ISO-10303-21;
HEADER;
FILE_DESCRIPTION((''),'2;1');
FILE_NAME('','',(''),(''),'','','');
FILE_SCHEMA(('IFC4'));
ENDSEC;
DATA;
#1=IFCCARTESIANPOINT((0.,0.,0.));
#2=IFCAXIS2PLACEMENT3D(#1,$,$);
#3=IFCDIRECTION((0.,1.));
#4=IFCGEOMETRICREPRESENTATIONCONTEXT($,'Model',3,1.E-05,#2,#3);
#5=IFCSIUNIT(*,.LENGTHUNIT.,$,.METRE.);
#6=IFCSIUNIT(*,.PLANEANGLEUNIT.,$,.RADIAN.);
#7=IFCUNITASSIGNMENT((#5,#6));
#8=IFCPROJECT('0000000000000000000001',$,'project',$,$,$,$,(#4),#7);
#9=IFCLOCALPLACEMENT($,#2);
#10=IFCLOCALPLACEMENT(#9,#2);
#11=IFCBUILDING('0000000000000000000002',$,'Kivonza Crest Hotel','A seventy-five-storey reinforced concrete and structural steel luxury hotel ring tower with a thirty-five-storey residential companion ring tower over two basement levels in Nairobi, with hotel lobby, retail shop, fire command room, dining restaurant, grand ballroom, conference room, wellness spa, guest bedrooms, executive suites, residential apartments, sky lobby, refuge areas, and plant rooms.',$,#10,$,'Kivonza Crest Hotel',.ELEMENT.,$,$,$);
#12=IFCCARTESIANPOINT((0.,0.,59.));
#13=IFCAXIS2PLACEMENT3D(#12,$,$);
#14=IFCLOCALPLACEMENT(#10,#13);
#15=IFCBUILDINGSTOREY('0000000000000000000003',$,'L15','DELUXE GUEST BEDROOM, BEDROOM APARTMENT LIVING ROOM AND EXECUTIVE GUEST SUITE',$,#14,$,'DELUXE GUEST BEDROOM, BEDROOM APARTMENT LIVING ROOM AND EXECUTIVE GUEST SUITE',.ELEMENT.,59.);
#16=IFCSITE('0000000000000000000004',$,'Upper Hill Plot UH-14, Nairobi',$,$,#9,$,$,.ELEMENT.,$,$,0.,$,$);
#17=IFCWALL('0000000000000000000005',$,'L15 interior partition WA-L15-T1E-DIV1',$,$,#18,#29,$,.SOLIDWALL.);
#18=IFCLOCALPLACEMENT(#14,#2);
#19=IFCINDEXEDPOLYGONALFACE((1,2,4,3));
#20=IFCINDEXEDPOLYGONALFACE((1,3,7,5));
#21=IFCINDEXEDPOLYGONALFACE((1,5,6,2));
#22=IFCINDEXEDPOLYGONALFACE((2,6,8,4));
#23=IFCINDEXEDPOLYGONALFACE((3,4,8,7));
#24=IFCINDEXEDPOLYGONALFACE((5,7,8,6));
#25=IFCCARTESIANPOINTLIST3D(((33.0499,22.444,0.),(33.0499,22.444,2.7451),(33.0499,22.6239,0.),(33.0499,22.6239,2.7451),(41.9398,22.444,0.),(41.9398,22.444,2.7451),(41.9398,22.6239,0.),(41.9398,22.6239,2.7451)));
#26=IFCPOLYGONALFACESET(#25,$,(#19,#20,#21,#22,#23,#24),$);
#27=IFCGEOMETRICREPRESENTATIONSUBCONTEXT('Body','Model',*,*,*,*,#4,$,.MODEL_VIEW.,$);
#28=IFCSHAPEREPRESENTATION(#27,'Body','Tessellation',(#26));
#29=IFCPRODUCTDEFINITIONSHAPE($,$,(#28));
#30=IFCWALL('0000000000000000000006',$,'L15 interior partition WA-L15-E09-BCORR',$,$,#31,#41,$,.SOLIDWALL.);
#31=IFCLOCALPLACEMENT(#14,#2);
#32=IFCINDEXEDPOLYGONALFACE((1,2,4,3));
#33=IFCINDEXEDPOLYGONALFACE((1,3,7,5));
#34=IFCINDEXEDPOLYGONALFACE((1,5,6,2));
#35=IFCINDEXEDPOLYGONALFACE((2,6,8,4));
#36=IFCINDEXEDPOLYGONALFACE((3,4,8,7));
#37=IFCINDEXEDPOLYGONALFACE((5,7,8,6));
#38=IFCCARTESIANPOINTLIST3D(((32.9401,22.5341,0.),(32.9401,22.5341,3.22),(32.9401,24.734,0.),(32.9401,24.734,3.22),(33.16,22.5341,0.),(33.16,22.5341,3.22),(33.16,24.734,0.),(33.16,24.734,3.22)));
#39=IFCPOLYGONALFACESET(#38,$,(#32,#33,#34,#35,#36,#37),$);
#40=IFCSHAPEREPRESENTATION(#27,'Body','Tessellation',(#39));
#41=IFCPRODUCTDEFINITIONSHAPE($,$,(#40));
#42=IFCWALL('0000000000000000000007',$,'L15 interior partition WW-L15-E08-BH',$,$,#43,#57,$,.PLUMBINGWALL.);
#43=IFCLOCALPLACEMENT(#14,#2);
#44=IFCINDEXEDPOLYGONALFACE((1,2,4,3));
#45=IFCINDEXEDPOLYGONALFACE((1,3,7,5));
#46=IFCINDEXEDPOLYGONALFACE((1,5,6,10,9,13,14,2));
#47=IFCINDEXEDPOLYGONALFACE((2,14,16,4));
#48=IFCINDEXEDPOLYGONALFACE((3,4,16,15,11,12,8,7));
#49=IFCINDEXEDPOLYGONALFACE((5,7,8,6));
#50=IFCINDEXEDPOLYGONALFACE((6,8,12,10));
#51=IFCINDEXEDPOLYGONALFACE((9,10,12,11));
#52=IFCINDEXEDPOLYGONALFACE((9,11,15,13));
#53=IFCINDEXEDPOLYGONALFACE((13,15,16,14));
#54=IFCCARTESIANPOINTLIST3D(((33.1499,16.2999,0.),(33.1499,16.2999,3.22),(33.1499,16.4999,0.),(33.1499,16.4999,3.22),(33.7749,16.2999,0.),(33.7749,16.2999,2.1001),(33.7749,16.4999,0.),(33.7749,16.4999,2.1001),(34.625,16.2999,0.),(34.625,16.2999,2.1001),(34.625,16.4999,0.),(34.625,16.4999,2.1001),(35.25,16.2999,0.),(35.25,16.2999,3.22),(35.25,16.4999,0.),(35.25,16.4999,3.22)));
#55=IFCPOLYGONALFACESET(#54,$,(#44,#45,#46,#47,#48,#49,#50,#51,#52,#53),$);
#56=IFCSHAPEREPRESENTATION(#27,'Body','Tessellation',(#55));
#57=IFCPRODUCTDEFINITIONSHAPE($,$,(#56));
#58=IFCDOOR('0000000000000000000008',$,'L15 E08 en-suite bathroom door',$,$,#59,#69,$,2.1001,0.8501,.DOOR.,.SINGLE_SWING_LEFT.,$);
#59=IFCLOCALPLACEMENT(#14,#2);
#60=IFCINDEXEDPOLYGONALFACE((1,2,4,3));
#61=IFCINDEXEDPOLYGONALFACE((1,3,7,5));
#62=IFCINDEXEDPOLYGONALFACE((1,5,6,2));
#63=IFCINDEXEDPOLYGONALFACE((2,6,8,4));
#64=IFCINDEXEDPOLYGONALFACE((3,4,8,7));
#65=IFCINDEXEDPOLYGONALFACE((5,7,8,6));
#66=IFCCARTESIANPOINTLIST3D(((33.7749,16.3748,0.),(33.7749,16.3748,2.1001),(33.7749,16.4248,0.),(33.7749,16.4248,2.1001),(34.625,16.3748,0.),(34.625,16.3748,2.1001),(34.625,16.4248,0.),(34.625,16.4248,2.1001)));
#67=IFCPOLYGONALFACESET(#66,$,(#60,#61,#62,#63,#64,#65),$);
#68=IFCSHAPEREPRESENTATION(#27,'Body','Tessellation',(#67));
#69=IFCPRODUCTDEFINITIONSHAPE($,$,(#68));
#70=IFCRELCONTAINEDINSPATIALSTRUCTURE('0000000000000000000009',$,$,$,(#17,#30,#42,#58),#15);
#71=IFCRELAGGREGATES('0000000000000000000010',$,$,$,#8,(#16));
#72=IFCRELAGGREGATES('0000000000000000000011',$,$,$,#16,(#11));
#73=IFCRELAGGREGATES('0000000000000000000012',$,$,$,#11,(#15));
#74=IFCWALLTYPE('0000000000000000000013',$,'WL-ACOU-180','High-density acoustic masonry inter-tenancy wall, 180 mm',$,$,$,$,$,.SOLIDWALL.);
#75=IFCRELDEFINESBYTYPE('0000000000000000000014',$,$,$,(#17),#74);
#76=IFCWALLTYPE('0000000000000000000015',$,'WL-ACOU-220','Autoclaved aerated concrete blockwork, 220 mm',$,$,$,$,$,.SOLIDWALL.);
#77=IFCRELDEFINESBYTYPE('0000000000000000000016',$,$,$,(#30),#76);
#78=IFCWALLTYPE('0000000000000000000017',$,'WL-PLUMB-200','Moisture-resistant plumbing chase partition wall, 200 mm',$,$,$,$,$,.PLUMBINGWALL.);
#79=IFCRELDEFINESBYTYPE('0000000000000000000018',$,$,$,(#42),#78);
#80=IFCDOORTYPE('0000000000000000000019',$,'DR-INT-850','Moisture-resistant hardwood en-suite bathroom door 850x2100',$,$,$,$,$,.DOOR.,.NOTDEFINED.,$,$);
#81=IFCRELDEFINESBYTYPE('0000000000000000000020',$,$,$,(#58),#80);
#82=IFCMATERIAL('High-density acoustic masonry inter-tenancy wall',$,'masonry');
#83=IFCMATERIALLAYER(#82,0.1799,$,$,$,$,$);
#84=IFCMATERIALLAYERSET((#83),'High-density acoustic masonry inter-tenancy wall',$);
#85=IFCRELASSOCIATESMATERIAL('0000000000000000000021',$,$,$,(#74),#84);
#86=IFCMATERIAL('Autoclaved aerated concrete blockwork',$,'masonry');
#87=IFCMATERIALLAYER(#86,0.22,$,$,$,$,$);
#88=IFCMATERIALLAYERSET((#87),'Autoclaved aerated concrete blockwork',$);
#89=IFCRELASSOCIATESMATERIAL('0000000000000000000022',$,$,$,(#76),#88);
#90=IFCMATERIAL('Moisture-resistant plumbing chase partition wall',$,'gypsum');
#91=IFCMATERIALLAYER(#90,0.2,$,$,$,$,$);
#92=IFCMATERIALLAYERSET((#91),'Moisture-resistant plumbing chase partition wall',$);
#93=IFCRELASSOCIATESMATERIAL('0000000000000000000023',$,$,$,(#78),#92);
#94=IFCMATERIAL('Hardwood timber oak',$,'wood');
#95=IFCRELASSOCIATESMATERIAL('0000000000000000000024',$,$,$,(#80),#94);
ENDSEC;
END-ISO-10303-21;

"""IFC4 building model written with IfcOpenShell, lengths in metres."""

from ifc_helpers import new_model, si_unit, direction, frame, frame_2d, origin, place, context, subcontext, project, spatial, rectangle, extrude, material, layer, layer_set, type_object, element, fill, save


model = new_model("IFC4")

# Units and contexts
model_context = context("Model", 3, precision=1e-05, world=origin(), true_north=direction((0.0, 1.0)))
body_context = subcontext(model_context, "Body", "Model", "MODEL_VIEW")
ifc_project = project(units=[si_unit("LENGTHUNIT", "METRE"), si_unit("PLANEANGLEUNIT", "RADIAN")], contexts=[model_context])

# Site, building, storey
site_placement = place(None, origin())
site = spatial("IfcSite", under=ifc_project, at=site_placement, Name="Upper Hill Plot UH-14, Nairobi", CompositionType="ELEMENT", RefElevation=0.0)
building_placement = place(site_placement, origin())
building = spatial("IfcBuilding", under=site, at=building_placement, Name="Kivonza Crest Hotel", Description="A seventy-five-storey reinforced concrete and structural steel luxury hotel ring tower with a thirty-five-storey residential companion ring tower over two basement levels in Nairobi, with hotel lobby, retail shop, fire command room, dining restaurant, grand ballroom, conference room, wellness spa, guest bedrooms, executive suites, residential apartments, sky lobby, refuge areas, and plant rooms.", LongName="Kivonza Crest Hotel", CompositionType="ELEMENT")
storey_placement = place(building_placement, frame((0.0, 0.0, 59.0)))
storey = spatial("IfcBuildingStorey", under=building, at=storey_placement, Name="L15", Description="DELUXE GUEST BEDROOM, BEDROOM APARTMENT LIVING ROOM AND EXECUTIVE GUEST SUITE", LongName="DELUXE GUEST BEDROOM, BEDROOM APARTMENT LIVING ROOM AND EXECUTIVE GUEST SUITE", CompositionType="ELEMENT", Elevation=59.0)

# Walls
ifc_material_1 = material(Name="High-density acoustic masonry inter-tenancy wall", Category="masonry")
ifc_layer_1 = layer(ifc_material_1, 0.1799)
ifc_layer_set_1 = layer_set([ifc_layer_1], Name="High-density acoustic masonry inter-tenancy wall")
wall_type_1 = type_object("IfcWallType", Name="WL-ACOU-180", Description="High-density acoustic masonry inter-tenancy wall, 180 mm", PredefinedType="SOLIDWALL", material=ifc_layer_set_1)
wall_1_placement = place(storey_placement, frame((33.05, 22.5339, 0.0), z_axis=(0.0, 0.0, 1.0), x_axis=(1.0, 0.0, 0.0)))
element("IfcWall", 1, at=wall_1_placement, inside=storey, type_object=wall_type_1, Name="L15 interior partition WA-L15-T1E-DIV1", PredefinedType="SOLIDWALL", context=body_context, shape_type="SweptSolid", body=[
    extrude(rectangle(XDim=8.8899, YDim=0.1799, at=frame_2d((4.4448, 0.0))), origin(), (0.0, 0.0, 1.0), 2.7451),
])
ifc_material_2 = material(Name="Autoclaved aerated concrete blockwork", Category="masonry")
ifc_layer_2 = layer(ifc_material_2, 0.22)
ifc_layer_set_2 = layer_set([ifc_layer_2], Name="Autoclaved aerated concrete blockwork")
wall_type_2 = type_object("IfcWallType", Name="WL-ACOU-220", Description="Autoclaved aerated concrete blockwork, 220 mm", PredefinedType="SOLIDWALL", material=ifc_layer_set_2)
wall_2_placement = place(storey_placement, frame((33.05, 22.5339, 0.0), z_axis=(0.0, 0.0, 1.0), x_axis=(0.0, 1.0, 0.0)))
element("IfcWall", 2, at=wall_2_placement, inside=storey, type_object=wall_type_2, Name="L15 interior partition WA-L15-E09-BCORR", PredefinedType="SOLIDWALL", context=body_context, shape_type="SweptSolid", body=[
    extrude(rectangle(XDim=2.2, YDim=0.22, at=frame_2d((1.1001, 0.0))), origin(), (0.0, 0.0, 1.0), 3.22),
])

# Wall, opening, door
ifc_material_3 = material(Name="Moisture-resistant plumbing chase partition wall", Category="gypsum")
ifc_layer_3 = layer(ifc_material_3, 0.2)
ifc_layer_set_3 = layer_set([ifc_layer_3], Name="Moisture-resistant plumbing chase partition wall")
wall_type_3 = type_object("IfcWallType", Name="WL-PLUMB-200", Description="Moisture-resistant plumbing chase partition wall, 200 mm", PredefinedType="PLUMBINGWALL", material=ifc_layer_set_3)
wall_3_placement = place(storey_placement, frame((33.1499, 16.3999, 0.0), z_axis=(0.0, 0.0, 1.0), x_axis=(1.0, 0.0, 0.0)))
wall_3 = element("IfcWall", 3, at=wall_3_placement, inside=storey, type_object=wall_type_3, Name="L15 interior partition WW-L15-E08-BH", PredefinedType="PLUMBINGWALL", context=body_context, shape_type="SweptSolid", body=[
    extrude(rectangle(XDim=2.1001, YDim=0.2, at=frame_2d((1.05, 0.0))), origin(), (0.0, 0.0, 1.0), 3.22),
])
opening_placement = place(wall_3_placement, frame((0.625, 0.0, 0.0)))
opening = element("IfcOpeningElement", 4, at=opening_placement, cuts=wall_3, PredefinedType="OPENING", context=body_context, shape_type="SweptSolid", body=[
    extrude(rectangle(XDim=0.8501, YDim=2.1001, at=frame_2d((0.425, 1.05))), frame((0.0, 0.1099, 0.0), z_axis=(0.0, -1.0, 0.0), x_axis=(1.0, 0.0, 0.0)), (0.0, 0.0, 1.0), 0.22),
])
ifc_material_4 = material(Name="Hardwood timber oak", Category="wood")
door_type = type_object("IfcDoorType", Name="DR-INT-850", Description="Moisture-resistant hardwood en-suite bathroom door 850x2100", OperationType="NOTDEFINED", PredefinedType="DOOR", material=ifc_material_4)
door_placement = place(opening_placement, origin())
door = element("IfcDoor", 5, at=door_placement, inside=storey, type_object=door_type, Name="L15 E08 en-suite bathroom door", OperationType="SINGLE_SWING_LEFT", OverallHeight=2.1001, OverallWidth=0.8501, PredefinedType="DOOR", context=body_context, shape_type="SweptSolid", body=[
    extrude(rectangle(XDim=0.8501, YDim=2.1001, at=frame_2d((0.425, 1.05))), frame((0.0, 0.0249, 0.0), z_axis=(0.0, -1.0, 0.0), x_axis=(1.0, 0.0, 0.0)), (0.0, 0.0, 1.0), 0.05),
])
fill(opening, door)

save(model, "model.ifc")
